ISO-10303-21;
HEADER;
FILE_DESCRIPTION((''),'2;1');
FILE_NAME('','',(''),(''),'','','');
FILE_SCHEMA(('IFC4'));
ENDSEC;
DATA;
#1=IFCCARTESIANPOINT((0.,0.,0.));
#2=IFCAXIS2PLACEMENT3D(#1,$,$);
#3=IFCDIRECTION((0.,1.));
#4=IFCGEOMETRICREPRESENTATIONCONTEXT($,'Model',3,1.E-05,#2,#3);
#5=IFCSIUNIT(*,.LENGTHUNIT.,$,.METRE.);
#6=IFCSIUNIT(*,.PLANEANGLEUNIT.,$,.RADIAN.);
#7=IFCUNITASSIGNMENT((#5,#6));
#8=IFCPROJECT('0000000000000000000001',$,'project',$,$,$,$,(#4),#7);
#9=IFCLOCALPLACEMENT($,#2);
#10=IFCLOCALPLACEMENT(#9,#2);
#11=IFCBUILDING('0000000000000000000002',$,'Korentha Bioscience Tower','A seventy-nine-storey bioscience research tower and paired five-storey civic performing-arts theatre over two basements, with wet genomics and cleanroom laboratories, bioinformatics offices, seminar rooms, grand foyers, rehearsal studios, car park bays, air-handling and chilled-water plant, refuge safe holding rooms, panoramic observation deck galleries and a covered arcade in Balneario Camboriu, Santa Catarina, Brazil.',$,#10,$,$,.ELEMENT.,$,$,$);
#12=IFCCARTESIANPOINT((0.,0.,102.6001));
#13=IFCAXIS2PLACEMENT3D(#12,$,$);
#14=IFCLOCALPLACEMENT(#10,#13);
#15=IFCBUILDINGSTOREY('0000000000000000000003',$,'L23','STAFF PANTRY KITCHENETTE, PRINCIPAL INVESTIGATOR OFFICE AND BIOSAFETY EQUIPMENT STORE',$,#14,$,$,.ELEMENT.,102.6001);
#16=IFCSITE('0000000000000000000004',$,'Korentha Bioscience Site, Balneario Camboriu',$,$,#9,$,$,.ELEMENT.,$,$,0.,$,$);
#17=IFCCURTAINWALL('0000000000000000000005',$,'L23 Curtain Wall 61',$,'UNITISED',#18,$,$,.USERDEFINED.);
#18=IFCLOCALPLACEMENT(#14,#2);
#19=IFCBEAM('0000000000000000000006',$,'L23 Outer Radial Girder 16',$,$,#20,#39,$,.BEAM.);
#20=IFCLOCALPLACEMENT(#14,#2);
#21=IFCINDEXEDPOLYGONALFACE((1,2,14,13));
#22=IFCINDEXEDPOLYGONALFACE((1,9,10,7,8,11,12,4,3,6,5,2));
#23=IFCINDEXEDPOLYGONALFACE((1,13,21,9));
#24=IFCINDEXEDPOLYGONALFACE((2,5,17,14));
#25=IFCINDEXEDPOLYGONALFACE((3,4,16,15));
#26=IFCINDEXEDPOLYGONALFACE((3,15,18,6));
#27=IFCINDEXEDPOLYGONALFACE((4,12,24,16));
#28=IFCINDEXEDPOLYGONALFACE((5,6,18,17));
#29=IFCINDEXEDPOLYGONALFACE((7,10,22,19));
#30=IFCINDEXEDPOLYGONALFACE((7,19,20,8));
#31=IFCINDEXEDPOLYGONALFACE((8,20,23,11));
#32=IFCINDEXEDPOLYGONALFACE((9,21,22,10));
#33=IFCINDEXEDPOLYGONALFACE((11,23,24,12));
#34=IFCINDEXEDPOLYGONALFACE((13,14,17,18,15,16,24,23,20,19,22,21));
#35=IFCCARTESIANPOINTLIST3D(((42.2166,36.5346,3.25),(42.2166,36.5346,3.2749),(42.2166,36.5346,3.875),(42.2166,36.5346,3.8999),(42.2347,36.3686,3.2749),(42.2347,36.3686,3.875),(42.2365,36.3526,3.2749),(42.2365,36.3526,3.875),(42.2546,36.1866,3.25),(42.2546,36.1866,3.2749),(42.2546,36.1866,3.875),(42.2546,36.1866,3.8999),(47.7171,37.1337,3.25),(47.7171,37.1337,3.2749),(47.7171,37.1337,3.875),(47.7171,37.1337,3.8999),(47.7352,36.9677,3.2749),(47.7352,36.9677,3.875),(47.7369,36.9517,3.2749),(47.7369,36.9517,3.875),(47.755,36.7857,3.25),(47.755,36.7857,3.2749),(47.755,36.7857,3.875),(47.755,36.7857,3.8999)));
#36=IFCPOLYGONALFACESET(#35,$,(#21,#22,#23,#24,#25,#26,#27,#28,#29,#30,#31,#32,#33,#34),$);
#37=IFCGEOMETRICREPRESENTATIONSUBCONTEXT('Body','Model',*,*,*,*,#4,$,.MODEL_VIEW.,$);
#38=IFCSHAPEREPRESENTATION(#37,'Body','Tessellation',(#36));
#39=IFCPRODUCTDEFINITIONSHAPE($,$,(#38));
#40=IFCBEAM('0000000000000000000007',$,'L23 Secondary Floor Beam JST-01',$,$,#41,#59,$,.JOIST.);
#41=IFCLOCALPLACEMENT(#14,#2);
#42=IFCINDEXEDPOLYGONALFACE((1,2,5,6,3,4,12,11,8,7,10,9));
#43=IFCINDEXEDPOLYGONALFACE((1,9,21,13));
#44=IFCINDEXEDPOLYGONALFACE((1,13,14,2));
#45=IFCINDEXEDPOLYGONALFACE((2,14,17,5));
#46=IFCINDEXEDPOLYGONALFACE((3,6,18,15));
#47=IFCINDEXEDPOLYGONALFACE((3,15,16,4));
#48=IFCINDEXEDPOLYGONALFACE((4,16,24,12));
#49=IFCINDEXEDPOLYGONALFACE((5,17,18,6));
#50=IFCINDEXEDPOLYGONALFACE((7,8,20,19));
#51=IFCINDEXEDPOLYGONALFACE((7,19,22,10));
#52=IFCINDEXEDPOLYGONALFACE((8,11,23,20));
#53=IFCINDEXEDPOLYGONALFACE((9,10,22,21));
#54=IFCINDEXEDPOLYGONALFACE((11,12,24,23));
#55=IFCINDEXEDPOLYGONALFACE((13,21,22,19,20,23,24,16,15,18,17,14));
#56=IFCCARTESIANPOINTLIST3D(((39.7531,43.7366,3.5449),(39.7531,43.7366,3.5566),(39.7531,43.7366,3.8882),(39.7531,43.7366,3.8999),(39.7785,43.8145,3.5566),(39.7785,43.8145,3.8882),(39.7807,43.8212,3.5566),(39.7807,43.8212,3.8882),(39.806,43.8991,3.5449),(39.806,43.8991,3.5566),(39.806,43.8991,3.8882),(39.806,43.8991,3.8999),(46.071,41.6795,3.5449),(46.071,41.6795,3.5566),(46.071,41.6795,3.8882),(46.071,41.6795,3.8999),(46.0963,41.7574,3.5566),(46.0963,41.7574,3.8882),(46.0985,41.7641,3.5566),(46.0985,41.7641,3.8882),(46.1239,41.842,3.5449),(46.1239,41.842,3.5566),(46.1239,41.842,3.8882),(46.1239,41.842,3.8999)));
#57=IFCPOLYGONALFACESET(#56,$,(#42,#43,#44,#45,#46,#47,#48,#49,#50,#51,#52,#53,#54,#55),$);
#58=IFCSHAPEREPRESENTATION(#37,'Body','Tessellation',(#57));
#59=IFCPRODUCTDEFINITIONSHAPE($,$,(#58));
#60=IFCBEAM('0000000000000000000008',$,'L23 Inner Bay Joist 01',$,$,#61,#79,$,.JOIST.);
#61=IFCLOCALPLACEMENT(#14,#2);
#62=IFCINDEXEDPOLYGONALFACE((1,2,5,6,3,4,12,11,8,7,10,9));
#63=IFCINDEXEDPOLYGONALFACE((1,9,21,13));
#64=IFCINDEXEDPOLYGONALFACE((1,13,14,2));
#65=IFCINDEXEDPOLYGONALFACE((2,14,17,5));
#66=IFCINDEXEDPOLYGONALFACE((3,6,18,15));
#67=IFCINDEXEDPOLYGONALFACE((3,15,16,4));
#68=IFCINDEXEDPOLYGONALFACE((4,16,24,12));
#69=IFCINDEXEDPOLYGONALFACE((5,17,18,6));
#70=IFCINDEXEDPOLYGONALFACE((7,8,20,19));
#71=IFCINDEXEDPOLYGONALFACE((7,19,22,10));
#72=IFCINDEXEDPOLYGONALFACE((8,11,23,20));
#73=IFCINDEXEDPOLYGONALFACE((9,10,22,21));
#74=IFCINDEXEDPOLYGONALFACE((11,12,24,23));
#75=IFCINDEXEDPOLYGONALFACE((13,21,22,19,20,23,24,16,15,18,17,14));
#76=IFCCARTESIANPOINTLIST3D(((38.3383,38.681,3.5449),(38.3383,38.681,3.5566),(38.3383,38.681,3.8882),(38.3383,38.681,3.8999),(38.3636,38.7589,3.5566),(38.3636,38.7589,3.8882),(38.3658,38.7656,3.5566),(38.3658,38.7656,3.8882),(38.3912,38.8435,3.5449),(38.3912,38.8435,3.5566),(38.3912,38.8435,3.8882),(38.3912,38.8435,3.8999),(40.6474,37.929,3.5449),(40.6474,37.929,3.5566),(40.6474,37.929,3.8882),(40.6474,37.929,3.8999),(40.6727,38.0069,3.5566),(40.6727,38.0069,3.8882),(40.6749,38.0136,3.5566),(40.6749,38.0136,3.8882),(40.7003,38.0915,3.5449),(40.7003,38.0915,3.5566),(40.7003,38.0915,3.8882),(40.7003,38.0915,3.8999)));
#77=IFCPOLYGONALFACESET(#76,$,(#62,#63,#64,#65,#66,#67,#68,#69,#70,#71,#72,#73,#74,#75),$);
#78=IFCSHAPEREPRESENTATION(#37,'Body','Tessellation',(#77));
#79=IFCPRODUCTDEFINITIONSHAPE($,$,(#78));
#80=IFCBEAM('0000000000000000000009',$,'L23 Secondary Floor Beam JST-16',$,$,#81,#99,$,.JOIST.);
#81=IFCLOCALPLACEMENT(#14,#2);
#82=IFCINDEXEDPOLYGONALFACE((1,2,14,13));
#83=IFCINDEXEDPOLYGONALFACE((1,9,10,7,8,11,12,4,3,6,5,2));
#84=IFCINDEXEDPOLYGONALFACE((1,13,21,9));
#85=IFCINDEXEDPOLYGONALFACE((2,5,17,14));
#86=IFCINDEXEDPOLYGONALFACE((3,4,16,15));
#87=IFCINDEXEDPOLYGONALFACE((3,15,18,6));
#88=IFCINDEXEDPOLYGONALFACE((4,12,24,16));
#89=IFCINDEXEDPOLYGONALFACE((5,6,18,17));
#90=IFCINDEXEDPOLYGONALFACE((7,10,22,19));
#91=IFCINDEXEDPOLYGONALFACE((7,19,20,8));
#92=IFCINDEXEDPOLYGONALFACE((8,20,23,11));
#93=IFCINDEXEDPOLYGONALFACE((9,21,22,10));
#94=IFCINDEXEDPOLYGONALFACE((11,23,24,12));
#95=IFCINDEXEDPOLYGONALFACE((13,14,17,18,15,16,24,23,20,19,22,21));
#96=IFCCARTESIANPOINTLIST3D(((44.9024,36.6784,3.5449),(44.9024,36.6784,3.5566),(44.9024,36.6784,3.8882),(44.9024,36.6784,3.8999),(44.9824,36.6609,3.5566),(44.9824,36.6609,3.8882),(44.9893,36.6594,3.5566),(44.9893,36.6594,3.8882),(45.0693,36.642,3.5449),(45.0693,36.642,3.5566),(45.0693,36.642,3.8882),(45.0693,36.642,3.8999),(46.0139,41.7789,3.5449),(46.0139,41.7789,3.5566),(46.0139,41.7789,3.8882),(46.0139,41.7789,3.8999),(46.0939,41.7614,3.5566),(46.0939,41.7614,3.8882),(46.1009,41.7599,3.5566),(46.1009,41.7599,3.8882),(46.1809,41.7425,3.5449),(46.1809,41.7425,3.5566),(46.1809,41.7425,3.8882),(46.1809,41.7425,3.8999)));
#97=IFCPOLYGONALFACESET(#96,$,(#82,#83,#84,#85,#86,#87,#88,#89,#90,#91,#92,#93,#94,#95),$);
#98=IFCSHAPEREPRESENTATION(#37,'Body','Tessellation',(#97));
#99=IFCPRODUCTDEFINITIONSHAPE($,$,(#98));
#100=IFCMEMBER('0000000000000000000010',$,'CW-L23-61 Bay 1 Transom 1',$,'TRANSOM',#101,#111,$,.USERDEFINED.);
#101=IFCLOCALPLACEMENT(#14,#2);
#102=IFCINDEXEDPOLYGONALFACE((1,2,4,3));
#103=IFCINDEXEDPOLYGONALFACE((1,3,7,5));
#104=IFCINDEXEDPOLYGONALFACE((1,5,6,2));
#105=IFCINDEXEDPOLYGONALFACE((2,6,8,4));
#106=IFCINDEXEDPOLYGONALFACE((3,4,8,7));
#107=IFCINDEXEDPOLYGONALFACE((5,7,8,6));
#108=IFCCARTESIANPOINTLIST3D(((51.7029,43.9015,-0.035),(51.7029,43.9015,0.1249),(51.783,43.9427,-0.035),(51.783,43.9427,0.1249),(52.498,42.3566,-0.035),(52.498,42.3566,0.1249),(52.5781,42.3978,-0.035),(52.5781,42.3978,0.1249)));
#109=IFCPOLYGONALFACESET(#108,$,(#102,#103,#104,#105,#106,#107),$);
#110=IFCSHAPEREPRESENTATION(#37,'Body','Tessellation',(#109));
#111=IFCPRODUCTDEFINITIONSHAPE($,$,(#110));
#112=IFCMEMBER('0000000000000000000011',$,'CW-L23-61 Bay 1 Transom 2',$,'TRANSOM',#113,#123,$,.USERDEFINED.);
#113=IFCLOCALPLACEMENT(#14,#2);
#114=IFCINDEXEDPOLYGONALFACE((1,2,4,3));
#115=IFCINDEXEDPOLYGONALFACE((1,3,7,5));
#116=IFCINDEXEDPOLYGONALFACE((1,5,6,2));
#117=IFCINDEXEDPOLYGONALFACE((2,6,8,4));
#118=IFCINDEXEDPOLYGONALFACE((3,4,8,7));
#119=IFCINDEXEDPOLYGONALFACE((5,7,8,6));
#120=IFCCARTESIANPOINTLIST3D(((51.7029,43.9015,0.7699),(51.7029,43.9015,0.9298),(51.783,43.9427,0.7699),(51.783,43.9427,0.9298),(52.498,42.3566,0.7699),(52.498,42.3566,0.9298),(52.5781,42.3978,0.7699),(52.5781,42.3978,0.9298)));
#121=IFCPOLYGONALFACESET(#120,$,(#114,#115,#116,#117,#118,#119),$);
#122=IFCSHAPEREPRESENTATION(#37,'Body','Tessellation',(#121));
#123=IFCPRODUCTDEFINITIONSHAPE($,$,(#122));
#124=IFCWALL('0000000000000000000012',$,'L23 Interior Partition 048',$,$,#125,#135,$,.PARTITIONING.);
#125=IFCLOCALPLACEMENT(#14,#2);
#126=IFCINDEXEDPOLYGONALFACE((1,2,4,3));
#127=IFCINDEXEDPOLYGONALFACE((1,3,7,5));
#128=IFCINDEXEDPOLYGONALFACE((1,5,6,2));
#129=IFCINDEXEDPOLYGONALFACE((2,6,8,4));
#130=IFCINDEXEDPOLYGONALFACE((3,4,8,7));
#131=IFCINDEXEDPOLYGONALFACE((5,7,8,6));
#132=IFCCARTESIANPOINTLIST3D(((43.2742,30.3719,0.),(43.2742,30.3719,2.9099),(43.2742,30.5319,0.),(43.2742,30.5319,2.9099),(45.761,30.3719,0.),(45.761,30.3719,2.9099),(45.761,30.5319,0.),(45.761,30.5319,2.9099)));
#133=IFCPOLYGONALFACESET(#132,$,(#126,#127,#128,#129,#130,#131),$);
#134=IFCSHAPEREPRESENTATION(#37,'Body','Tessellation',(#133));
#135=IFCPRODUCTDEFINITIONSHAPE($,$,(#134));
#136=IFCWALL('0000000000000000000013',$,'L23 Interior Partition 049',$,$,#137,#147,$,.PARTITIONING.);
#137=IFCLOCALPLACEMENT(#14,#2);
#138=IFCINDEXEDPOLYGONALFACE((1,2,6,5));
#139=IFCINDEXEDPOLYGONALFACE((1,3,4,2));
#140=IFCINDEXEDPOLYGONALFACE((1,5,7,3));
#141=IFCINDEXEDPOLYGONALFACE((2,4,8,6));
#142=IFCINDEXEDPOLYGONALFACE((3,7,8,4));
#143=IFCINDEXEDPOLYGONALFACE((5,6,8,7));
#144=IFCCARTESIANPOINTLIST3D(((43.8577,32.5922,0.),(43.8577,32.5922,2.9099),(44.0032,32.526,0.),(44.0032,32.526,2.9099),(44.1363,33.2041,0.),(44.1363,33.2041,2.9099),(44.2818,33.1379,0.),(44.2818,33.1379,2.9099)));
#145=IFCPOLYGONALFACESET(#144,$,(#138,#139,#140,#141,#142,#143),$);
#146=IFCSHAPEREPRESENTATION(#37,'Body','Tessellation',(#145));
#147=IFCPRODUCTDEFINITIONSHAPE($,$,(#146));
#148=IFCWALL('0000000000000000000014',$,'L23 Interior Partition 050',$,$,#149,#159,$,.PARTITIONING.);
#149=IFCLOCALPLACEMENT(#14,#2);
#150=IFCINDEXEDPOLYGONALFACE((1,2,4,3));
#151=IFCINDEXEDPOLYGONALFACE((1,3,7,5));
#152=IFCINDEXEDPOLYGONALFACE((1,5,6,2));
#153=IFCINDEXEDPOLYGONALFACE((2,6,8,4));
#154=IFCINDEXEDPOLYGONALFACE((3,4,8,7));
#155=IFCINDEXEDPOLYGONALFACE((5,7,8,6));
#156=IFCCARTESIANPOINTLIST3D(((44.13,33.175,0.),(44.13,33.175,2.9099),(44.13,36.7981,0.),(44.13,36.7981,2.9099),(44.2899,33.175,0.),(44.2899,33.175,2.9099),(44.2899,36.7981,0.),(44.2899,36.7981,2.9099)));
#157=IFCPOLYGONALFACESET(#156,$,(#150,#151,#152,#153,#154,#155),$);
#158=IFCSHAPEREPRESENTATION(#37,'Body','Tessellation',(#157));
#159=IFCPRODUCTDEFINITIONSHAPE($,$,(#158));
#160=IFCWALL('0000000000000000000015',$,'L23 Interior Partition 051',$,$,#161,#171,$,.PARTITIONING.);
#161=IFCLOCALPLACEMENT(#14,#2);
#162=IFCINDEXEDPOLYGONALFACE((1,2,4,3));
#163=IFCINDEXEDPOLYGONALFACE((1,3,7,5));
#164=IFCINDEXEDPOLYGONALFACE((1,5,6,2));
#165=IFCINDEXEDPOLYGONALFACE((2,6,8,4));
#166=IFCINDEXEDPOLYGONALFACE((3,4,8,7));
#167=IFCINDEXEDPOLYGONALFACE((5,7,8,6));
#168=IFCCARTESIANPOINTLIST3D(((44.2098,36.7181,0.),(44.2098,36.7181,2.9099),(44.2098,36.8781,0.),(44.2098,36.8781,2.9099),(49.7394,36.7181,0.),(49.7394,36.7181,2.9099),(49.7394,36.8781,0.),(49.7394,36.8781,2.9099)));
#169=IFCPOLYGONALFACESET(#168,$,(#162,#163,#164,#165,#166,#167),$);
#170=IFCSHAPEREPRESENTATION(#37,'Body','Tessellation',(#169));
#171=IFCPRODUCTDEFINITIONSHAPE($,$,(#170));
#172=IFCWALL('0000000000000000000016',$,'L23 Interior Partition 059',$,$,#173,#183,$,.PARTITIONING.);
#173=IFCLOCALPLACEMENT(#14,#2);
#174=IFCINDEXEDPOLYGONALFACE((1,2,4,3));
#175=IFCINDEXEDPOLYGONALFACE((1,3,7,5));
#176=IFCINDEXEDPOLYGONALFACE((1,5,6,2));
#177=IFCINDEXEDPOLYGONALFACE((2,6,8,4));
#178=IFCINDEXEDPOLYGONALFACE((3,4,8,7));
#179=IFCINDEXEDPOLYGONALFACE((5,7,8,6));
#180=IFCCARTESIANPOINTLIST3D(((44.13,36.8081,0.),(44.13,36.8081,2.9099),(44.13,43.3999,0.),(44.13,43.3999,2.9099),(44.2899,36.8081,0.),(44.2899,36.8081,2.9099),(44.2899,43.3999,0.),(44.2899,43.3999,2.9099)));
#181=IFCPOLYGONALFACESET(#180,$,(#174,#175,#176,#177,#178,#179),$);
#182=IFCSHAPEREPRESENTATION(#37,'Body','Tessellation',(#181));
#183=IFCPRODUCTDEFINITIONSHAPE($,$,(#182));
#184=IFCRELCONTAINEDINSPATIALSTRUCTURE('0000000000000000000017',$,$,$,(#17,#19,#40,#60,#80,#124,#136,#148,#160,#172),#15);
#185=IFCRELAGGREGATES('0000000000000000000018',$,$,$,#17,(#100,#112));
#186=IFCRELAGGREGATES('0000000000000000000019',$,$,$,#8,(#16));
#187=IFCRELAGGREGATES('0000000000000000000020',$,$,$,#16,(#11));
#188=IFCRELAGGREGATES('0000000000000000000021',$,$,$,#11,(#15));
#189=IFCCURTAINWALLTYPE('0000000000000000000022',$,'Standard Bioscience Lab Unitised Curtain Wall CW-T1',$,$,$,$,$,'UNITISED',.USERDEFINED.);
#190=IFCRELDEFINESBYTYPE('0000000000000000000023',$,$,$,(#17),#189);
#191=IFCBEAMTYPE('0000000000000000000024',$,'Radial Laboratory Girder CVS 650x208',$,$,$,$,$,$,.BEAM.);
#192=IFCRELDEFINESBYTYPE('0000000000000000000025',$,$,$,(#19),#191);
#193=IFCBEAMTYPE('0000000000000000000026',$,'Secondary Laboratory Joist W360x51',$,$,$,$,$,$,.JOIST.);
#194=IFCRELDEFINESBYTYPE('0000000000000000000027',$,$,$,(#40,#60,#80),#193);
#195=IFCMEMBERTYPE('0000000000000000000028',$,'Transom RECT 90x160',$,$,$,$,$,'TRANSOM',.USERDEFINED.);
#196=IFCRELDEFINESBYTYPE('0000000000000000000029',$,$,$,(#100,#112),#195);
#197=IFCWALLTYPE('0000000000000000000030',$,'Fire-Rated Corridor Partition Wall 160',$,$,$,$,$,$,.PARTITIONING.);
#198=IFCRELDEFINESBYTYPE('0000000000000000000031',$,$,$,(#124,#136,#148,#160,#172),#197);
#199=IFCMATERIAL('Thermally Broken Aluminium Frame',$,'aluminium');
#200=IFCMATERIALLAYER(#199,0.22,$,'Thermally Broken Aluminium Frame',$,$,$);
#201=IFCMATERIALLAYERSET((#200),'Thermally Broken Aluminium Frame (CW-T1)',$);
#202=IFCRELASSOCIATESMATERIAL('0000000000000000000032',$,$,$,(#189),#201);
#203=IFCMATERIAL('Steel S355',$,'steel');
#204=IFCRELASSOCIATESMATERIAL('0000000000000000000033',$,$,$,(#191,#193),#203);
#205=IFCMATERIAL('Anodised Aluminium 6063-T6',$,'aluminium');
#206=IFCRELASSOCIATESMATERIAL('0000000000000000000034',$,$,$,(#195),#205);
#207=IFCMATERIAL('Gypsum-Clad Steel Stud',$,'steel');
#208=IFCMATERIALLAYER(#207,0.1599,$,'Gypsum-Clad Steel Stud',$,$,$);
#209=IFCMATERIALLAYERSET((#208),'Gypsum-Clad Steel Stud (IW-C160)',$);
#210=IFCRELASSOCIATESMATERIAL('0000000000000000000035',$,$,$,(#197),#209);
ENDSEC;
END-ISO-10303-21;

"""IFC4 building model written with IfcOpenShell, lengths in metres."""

from ifc_helpers import new_model, si_unit, direction, frame, frame_2d, origin, origin_2d, place, context, subcontext, project, spatial, rectangle, i_section, extrude, material, layer, layer_set, material_profile, profile_set, type_object, element, aggregate, save


model = new_model("IFC4")

# Units and contexts
model_context = context("Model", 3, precision=1e-05, world=origin(), true_north=direction((0.0, 1.0)))
body_context = subcontext(model_context, "Body", "Model", "MODEL_VIEW")
ifc_project = project(units=[si_unit("LENGTHUNIT", "METRE"), si_unit("PLANEANGLEUNIT", "RADIAN")], contexts=[model_context])

# Site, building, storey
site_placement = place(None, origin())
site = spatial("IfcSite", under=ifc_project, at=site_placement, Name="Korentha Bioscience Site, Balneario Camboriu", CompositionType="ELEMENT", RefElevation=0.0)
building_placement = place(site_placement, origin())
building = spatial("IfcBuilding", under=site, at=building_placement, Name="Korentha Bioscience Tower", Description="A seventy-nine-storey bioscience research tower and paired five-storey civic performing-arts theatre over two basements, with wet genomics and cleanroom laboratories, bioinformatics offices, seminar rooms, grand foyers, rehearsal studios, car park bays, air-handling and chilled-water plant, refuge safe holding rooms, panoramic observation deck galleries and a covered arcade in Balneario Camboriu, Santa Catarina, Brazil.", CompositionType="ELEMENT")
storey_placement = place(building_placement, frame((0.0, 0.0, 102.6001)))
storey = spatial("IfcBuildingStorey", under=building, at=storey_placement, Name="L23", Description="STAFF PANTRY KITCHENETTE, PRINCIPAL INVESTIGATOR OFFICE AND BIOSAFETY EQUIPMENT STORE", CompositionType="ELEMENT", Elevation=102.6001)

# Shared definitions
ifc_material_1 = material(Name="Steel S355", Category="steel")

# Curtain wall
ifc_material_2 = material(Name="Thermally Broken Aluminium Frame", Category="aluminium")
ifc_layer_1 = layer(ifc_material_2, 0.22, Name="Thermally Broken Aluminium Frame")
ifc_layer_set_1 = layer_set([ifc_layer_1], Name="Thermally Broken Aluminium Frame (CW-T1)")
curtain_wall_type = type_object("IfcCurtainWallType", Name="Standard Bioscience Lab Unitised Curtain Wall CW-T1", ElementType="UNITISED", PredefinedType="USERDEFINED", material=ifc_layer_set_1)
curtain_wall_placement = place(storey_placement, origin())
curtain_wall = element("IfcCurtainWall", 1, at=curtain_wall_placement, inside=storey, type_object=curtain_wall_type, Name="L23 Curtain Wall 61", ObjectType="UNITISED", PredefinedType="USERDEFINED")
ifc_material_3 = material(Name="Anodised Aluminium 6063-T6", Category="aluminium")

# Beams
ifc_material_profile_1 = material_profile(ifc_material_1, i_section(OverallWidth=0.3501, OverallDepth=0.6499, WebThickness=0.0161, FlangeThickness=0.0249, at=origin_2d()), Name="Steel S355")
ifc_profile_set_1 = profile_set([ifc_material_profile_1], Name="Steel S355 (RB-650)")
beam_type_1 = type_object("IfcBeamType", Name="Radial Laboratory Girder CVS 650x208", PredefinedType="BEAM", material=ifc_profile_set_1)
beam_1_placement = place(storey_placement, frame((42.2356, 36.3606, 3.575), z_axis=(0.99412, 0.108281, 0.0), x_axis=(-0.108281, 0.99412, 0.0)))
element("IfcBeam", 2, at=beam_1_placement, inside=storey, type_object=beam_type_1, Name="L23 Outer Radial Girder 16", PredefinedType="BEAM", context=body_context, shape_type="SweptSolid", body=[
    extrude(i_section(OverallWidth=0.3501, OverallDepth=0.6499, WebThickness=0.0161, FlangeThickness=0.0249, at=origin_2d()), origin(), (0.0, 0.0, 1.0), 5.533),
])
ifc_material_profile_2 = material_profile(ifc_material_1, i_section(OverallWidth=0.1709, OverallDepth=0.355, WebThickness=0.0071, FlangeThickness=0.0117, at=origin_2d()), Name="Steel S355")
ifc_profile_set_2 = profile_set([ifc_material_profile_2], Name="Steel S355 (JB-360)")
beam_type_2 = type_object("IfcBeamType", Name="Secondary Laboratory Joist W360x51", PredefinedType="JOIST", material=ifc_profile_set_2)
beam_2_placement = place(storey_placement, frame((46.0974, 41.7607, 3.7224), z_axis=(-0.950865, 0.309606, 0.0), x_axis=(-0.309606, -0.950865, 0.0)))
element("IfcBeam", 3, at=beam_2_placement, inside=storey, type_object=beam_type_2, Name="L23 Secondary Floor Beam JST-01", PredefinedType="JOIST", context=body_context, shape_type="SweptSolid", body=[
    extrude(i_section(OverallWidth=0.1709, OverallDepth=0.355, WebThickness=0.0071, FlangeThickness=0.0117, at=origin_2d()), origin(), (0.0, 0.0, 1.0), 6.6443),
])
beam_3_placement = place(storey_placement, frame((40.6738, 38.0103, 3.7224), z_axis=(-0.950852, 0.309645, 0.0), x_axis=(-0.309645, -0.950852, 0.0)))
element("IfcBeam", 4, at=beam_3_placement, inside=storey, type_object=beam_type_2, Name="L23 Inner Bay Joist 01", PredefinedType="JOIST", context=body_context, shape_type="SweptSolid", body=[
    extrude(i_section(OverallWidth=0.1709, OverallDepth=0.355, WebThickness=0.0071, FlangeThickness=0.0117, at=origin_2d()), origin(), (0.0, 0.0, 1.0), 2.4285),
])
beam_4_placement = place(storey_placement, frame((44.9858, 36.6602, 3.7224), z_axis=(0.212932, 0.977067, 0.0), x_axis=(-0.977067, 0.212932, 0.0)))
element("IfcBeam", 5, at=beam_4_placement, inside=storey, type_object=beam_type_2, Name="L23 Secondary Floor Beam JST-16", PredefinedType="JOIST", context=body_context, shape_type="SweptSolid", body=[
    extrude(i_section(OverallWidth=0.1709, OverallDepth=0.355, WebThickness=0.0071, FlangeThickness=0.0117, at=origin_2d()), origin(), (0.0, 0.0, 1.0), 5.2202),
])

# Members
ifc_material_profile_3 = material_profile(ifc_material_3, rectangle(XDim=0.0901, YDim=0.1599, at=origin_2d()), Name="Anodised Aluminium 6063-T6")
ifc_profile_set_3 = profile_set([ifc_material_profile_3], Name="Anodised Aluminium 6063-T6 (CW-TRN)")
member_type_1 = type_object("IfcMemberType", Name="Transom RECT 90x160", ElementType="TRANSOM", PredefinedType="USERDEFINED", material=ifc_profile_set_3)
member_1_placement = place(storey_placement, frame((52.5381, 42.3772, 0.0449), z_axis=(-0.457637, 0.889139, 0.0), x_axis=(-0.889139, -0.457637, 0.0)))
member_1 = element("IfcMember", 6, at=member_1_placement, type_object=member_type_1, Name="CW-L23-61 Bay 1 Transom 1", ObjectType="TRANSOM", PredefinedType="USERDEFINED", context=body_context, shape_type="SweptSolid", body=[
    extrude(rectangle(XDim=0.0901, YDim=0.1599, at=origin_2d()), origin(), (0.0, 0.0, 1.0), 1.7375),
])
member_2_placement = place(storey_placement, frame((52.5381, 42.3772, 0.8499), z_axis=(-0.457637, 0.889139, 0.0), x_axis=(-0.889139, -0.457637, 0.0)))
member_2 = element("IfcMember", 7, at=member_2_placement, type_object=member_type_1, Name="CW-L23-61 Bay 1 Transom 2", ObjectType="TRANSOM", PredefinedType="USERDEFINED", context=body_context, shape_type="SweptSolid", body=[
    extrude(rectangle(XDim=0.0901, YDim=0.1599, at=origin_2d()), origin(), (0.0, 0.0, 1.0), 1.7375),
])
aggregate(curtain_wall, [member_1, member_2])

# Shared definitions
ifc_material_4 = material(Name="Gypsum-Clad Steel Stud", Category="steel")
ifc_layer_2 = layer(ifc_material_4, 0.1599, Name="Gypsum-Clad Steel Stud")
ifc_layer_set_2 = layer_set([ifc_layer_2], Name="Gypsum-Clad Steel Stud (IW-C160)")
wall_type_1 = type_object("IfcWallType", Name="Fire-Rated Corridor Partition Wall 160", PredefinedType="PARTITIONING", material=ifc_layer_set_2)

# Walls
wall_1_placement = place(storey_placement, frame((45.761, 30.4519, 0.0), z_axis=(0.0, 0.0, 1.0), x_axis=(-1.0, 0.0, 0.0)))
element("IfcWall", 8, at=wall_1_placement, inside=storey, type_object=wall_type_1, Name="L23 Interior Partition 048", PredefinedType="PARTITIONING", context=body_context, shape_type="SweptSolid", body=[
    extrude(rectangle(XDim=2.4868, YDim=0.1599, at=frame_2d((1.2434, 0.0))), origin(), (0.0, 0.0, 1.0), 2.9099),
])
wall_2_placement = place(storey_placement, frame((43.9304, 32.5591, 0.0), z_axis=(0.0, 0.0, 1.0), x_axis=(0.414377, 0.910105, 0.0)))
element("IfcWall", 9, at=wall_2_placement, inside=storey, type_object=wall_type_1, Name="L23 Interior Partition 049", PredefinedType="PARTITIONING", context=body_context, shape_type="SweptSolid", body=[
    extrude(rectangle(XDim=0.6724, YDim=0.1599, at=frame_2d((0.3362, 0.0))), origin(), (0.0, 0.0, 1.0), 2.9099),
])
wall_3_placement = place(storey_placement, frame((44.21, 33.175, 0.0), z_axis=(0.0, 0.0, 1.0), x_axis=(0.0, 1.0, 0.0)))
element("IfcWall", 10, at=wall_3_placement, inside=storey, type_object=wall_type_1, Name="L23 Interior Partition 050", PredefinedType="PARTITIONING", context=body_context, shape_type="SweptSolid", body=[
    extrude(rectangle(XDim=3.623, YDim=0.1599, at=frame_2d((1.8115, 0.0))), origin(), (0.0, 0.0, 1.0), 2.9099),
])
wall_4_placement = place(storey_placement, frame((44.21, 36.7981, 0.0), z_axis=(0.0, 0.0, 1.0), x_axis=(1.0, 0.0, 0.0)))
element("IfcWall", 11, at=wall_4_placement, inside=storey, type_object=wall_type_1, Name="L23 Interior Partition 051", PredefinedType="PARTITIONING", context=body_context, shape_type="SweptSolid", body=[
    extrude(rectangle(XDim=5.5295, YDim=0.1599, at=frame_2d((2.7646, 0.0))), origin(), (0.0, 0.0, 1.0), 2.9099),
])
wall_5_placement = place(storey_placement, frame((44.21, 36.8081, 0.0), z_axis=(0.0, 0.0, 1.0), x_axis=(0.0, 1.0, 0.0)))
element("IfcWall", 12, at=wall_5_placement, inside=storey, type_object=wall_type_1, Name="L23 Interior Partition 059", PredefinedType="PARTITIONING", context=body_context, shape_type="SweptSolid", body=[
    extrude(rectangle(XDim=6.5918, YDim=0.1599, at=frame_2d((3.2959, 0.0))), origin(), (0.0, 0.0, 1.0), 2.9099),
])

save(model, "model.ifc")
